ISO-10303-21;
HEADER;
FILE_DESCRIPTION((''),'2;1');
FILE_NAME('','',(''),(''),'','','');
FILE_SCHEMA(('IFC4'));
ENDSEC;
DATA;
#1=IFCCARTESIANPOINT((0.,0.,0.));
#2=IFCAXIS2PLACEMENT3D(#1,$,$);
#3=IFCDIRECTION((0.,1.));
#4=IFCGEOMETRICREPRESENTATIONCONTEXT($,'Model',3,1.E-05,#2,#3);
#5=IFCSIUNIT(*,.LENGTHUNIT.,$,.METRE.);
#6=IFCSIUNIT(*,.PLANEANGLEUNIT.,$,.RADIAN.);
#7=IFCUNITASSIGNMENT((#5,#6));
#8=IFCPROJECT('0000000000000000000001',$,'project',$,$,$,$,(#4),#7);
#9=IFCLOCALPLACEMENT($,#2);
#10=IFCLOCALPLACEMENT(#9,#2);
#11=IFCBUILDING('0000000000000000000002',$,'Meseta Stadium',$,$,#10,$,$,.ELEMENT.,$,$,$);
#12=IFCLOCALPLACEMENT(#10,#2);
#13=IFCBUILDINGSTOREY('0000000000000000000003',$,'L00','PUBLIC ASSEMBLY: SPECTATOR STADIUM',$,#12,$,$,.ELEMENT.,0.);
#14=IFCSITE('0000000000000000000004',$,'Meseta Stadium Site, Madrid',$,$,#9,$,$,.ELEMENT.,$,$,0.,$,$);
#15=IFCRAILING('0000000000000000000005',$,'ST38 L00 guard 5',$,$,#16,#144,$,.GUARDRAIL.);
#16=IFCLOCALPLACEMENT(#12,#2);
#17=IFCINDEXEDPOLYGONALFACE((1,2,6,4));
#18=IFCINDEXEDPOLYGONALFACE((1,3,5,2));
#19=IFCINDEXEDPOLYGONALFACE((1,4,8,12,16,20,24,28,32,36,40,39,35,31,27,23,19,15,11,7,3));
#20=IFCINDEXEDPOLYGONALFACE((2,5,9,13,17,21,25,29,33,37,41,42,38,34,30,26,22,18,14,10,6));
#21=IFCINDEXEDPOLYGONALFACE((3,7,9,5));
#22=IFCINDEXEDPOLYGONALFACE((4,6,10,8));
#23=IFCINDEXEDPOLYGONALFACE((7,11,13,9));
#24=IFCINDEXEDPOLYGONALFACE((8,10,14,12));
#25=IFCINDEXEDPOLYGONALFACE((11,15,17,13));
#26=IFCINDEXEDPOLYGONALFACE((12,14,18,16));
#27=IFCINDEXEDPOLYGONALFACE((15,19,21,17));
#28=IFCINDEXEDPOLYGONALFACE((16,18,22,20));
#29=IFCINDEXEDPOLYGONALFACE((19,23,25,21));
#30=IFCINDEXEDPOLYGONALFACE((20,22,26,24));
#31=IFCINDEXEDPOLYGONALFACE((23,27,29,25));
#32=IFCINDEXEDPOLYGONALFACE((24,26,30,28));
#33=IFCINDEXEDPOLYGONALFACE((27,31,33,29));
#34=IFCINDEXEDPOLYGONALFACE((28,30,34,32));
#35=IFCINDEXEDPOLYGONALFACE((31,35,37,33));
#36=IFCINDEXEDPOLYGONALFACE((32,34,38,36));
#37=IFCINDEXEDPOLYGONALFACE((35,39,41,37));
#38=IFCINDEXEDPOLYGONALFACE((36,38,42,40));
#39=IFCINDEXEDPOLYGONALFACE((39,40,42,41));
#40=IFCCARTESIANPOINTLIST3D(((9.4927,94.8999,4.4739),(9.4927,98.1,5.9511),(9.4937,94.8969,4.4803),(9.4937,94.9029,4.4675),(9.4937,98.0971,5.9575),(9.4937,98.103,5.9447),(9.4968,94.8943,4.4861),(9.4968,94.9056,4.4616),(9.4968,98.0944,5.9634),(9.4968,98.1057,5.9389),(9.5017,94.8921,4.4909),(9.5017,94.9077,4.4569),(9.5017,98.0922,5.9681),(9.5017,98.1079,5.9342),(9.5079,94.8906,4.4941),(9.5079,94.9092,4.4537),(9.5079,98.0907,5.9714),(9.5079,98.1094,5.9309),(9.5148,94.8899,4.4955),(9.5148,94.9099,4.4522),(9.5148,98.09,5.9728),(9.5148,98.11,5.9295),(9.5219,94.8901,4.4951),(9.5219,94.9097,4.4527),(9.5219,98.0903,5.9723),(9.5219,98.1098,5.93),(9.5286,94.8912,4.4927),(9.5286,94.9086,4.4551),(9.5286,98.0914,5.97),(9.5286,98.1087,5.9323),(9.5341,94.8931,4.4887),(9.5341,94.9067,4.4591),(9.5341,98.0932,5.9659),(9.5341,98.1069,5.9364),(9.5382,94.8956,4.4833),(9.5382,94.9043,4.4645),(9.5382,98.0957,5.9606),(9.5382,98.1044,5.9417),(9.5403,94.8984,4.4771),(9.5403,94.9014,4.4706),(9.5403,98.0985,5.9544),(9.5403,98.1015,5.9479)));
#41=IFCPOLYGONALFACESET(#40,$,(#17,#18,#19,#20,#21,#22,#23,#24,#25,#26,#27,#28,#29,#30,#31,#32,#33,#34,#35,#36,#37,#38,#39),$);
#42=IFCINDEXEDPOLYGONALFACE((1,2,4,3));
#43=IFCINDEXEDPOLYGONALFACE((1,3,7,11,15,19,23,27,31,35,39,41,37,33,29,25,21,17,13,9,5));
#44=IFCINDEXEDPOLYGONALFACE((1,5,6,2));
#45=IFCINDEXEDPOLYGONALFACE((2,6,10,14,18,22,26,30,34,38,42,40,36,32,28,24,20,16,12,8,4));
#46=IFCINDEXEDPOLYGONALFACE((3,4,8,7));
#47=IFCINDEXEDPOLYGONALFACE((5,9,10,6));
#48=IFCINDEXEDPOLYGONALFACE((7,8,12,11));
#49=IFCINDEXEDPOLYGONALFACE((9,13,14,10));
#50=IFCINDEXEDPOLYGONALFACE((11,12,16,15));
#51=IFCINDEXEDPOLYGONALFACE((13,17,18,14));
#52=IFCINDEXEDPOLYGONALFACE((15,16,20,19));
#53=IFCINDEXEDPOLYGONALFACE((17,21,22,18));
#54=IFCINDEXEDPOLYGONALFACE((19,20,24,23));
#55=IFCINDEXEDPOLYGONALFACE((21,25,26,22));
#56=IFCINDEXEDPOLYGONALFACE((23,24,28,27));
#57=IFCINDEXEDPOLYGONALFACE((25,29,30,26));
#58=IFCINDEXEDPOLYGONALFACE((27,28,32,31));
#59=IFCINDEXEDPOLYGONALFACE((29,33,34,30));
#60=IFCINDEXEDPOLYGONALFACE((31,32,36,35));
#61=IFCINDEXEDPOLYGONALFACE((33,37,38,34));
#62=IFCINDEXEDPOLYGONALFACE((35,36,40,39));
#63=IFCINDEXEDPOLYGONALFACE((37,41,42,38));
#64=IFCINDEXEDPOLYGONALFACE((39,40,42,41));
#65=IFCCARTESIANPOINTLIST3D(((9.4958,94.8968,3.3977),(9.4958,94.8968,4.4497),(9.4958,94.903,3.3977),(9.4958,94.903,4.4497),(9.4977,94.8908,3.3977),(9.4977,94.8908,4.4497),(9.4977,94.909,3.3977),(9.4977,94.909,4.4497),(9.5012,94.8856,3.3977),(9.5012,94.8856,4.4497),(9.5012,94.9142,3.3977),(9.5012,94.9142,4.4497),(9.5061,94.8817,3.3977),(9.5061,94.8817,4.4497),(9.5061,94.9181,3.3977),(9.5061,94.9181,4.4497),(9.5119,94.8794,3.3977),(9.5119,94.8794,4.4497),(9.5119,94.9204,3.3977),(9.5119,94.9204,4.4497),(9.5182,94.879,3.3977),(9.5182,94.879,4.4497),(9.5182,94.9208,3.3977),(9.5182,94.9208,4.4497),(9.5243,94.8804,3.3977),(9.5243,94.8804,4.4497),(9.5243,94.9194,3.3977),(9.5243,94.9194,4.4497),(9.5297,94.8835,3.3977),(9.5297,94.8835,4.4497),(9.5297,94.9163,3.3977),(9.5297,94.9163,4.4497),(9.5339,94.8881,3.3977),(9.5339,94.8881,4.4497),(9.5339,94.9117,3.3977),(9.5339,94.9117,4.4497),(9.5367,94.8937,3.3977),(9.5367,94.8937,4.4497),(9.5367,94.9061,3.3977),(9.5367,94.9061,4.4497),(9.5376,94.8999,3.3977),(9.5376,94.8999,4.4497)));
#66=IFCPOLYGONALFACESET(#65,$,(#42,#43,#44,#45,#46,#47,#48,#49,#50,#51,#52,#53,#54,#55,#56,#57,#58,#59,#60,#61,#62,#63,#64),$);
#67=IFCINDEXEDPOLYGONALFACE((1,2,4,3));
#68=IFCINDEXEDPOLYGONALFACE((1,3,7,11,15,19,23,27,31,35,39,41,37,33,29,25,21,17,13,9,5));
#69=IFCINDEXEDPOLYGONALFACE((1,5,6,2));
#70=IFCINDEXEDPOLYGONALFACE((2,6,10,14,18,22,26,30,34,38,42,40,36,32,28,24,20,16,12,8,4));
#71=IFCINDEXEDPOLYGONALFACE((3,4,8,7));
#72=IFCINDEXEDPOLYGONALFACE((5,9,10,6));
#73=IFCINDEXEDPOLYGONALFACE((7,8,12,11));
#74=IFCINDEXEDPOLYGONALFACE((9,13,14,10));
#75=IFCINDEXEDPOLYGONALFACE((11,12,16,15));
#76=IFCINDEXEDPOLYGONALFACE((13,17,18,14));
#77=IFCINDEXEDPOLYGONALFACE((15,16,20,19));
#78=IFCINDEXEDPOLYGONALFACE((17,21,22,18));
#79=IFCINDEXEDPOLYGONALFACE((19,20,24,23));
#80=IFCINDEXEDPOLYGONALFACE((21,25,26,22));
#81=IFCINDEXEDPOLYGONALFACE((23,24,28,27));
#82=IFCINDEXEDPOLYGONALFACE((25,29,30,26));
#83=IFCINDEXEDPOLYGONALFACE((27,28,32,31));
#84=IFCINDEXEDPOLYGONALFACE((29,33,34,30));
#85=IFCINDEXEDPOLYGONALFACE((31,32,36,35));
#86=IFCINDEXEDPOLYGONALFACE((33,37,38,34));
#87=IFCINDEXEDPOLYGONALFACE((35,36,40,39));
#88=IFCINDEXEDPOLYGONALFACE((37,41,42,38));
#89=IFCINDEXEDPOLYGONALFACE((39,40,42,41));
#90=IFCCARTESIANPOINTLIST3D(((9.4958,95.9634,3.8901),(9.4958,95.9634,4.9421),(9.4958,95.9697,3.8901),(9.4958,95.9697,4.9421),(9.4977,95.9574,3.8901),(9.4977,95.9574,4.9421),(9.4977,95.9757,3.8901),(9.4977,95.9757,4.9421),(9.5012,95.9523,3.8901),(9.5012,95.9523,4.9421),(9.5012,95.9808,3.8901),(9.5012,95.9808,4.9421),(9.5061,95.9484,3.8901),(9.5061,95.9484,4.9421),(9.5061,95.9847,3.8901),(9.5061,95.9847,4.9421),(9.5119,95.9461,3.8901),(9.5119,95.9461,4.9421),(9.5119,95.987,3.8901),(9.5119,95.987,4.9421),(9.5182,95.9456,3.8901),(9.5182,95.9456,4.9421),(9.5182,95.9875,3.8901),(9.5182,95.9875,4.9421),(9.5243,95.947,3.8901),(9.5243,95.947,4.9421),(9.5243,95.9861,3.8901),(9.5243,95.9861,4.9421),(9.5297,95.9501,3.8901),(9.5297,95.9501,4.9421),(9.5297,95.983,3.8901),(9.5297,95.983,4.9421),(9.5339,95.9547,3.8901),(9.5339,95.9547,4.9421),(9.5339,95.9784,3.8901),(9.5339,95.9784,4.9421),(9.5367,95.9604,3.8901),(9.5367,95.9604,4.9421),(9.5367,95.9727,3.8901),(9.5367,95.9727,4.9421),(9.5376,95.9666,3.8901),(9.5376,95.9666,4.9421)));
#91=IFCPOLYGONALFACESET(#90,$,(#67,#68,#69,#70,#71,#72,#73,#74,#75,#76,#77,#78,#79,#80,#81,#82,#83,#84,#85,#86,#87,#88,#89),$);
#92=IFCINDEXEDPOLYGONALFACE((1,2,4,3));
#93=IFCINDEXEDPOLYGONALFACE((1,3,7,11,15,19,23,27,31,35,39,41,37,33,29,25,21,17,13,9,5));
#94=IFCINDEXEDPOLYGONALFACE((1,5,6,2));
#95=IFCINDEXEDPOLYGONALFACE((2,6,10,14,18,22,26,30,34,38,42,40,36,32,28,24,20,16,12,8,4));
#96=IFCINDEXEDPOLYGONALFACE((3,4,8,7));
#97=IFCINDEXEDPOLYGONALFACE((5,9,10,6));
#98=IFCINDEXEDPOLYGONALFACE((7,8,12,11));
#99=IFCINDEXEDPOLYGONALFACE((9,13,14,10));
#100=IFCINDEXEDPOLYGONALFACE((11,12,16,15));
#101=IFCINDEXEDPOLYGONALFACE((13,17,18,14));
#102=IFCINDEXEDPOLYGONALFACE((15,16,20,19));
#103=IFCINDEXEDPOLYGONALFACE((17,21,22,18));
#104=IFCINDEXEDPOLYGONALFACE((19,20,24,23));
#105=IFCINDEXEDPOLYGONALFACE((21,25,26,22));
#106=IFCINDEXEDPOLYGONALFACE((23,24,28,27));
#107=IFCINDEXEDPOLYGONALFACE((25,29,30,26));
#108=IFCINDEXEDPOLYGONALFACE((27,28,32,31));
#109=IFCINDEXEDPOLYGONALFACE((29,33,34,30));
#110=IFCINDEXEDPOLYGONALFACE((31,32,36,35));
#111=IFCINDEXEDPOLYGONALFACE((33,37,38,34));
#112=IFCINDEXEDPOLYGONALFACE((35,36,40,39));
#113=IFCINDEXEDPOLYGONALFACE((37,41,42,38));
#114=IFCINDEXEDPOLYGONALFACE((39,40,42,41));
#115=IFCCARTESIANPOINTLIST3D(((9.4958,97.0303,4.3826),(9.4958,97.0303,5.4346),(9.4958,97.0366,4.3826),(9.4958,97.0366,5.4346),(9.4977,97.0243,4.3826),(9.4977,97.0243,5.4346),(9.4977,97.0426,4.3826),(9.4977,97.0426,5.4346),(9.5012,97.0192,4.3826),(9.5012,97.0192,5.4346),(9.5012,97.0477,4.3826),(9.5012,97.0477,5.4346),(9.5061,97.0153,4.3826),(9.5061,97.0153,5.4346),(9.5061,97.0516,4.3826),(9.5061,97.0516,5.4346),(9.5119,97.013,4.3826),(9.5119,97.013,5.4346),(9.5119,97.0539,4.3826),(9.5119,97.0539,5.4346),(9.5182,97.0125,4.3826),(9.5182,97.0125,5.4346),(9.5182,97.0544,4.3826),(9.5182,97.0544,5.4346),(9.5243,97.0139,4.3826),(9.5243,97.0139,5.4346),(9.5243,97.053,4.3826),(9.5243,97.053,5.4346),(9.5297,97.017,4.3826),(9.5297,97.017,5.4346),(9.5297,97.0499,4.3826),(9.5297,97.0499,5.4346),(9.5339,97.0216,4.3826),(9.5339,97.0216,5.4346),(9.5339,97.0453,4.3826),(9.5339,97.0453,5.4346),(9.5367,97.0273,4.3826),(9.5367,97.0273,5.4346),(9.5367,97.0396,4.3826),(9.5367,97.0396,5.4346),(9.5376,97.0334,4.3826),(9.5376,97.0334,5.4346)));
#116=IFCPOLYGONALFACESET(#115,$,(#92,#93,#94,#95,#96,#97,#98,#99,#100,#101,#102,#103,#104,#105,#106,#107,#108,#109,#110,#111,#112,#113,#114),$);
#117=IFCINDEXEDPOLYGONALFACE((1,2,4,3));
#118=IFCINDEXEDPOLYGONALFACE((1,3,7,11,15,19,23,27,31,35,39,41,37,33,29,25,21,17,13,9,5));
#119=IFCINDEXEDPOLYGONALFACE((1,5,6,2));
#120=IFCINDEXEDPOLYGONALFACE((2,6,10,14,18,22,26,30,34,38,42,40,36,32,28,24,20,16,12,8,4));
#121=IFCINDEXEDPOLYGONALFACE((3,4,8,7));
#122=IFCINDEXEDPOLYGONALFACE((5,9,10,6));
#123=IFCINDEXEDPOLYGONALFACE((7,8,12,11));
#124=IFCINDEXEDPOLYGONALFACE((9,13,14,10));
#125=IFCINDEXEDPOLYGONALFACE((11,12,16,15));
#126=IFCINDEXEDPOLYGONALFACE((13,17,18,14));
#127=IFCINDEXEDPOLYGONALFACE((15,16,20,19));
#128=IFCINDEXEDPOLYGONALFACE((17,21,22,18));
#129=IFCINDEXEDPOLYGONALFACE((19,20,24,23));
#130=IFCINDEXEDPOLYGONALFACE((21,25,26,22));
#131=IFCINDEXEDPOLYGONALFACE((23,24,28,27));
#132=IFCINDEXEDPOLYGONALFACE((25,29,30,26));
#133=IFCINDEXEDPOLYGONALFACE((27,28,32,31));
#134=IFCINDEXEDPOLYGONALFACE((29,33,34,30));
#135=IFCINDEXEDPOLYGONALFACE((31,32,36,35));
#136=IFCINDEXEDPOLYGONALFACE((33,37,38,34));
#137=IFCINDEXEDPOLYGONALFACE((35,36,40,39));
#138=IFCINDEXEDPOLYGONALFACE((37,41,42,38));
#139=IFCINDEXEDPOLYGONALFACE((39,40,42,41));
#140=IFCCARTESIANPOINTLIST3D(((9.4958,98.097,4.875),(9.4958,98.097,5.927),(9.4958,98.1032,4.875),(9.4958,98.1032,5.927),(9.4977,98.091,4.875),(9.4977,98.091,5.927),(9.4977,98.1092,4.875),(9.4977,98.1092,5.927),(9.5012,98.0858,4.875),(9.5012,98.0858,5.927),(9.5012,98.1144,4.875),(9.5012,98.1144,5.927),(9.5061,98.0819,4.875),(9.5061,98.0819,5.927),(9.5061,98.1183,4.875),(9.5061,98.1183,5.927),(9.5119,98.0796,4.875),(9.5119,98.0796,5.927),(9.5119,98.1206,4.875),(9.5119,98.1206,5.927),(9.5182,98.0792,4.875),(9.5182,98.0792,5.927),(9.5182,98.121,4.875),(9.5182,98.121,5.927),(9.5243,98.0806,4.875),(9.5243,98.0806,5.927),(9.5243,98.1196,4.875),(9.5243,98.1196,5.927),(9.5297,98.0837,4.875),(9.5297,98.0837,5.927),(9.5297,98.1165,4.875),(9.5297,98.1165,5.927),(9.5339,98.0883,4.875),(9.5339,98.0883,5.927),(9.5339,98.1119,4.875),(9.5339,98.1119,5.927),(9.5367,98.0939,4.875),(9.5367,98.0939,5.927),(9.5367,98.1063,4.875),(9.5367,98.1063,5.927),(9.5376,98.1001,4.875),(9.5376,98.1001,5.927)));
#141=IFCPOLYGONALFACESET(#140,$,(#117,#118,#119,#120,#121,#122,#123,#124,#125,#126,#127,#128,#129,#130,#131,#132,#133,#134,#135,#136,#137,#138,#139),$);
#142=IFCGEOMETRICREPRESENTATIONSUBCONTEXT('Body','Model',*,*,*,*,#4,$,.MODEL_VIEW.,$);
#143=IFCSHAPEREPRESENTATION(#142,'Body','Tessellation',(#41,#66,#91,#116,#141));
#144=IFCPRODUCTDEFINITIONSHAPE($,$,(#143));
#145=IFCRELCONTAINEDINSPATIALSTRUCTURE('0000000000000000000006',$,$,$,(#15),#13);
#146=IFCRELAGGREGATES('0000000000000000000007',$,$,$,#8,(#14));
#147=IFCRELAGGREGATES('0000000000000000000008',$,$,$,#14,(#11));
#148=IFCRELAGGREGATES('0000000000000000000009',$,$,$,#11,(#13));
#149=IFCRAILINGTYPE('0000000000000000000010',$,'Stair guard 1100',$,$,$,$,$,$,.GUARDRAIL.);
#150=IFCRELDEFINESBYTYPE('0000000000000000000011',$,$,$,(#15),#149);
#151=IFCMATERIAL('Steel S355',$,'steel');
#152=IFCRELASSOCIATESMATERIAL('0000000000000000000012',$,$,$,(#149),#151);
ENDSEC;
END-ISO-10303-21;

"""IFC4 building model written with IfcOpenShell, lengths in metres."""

from ifc_helpers import new_model, si_unit, direction, frame, origin, origin_2d, place, context, subcontext, project, spatial, circle, extrude, material, type_object, element, save


model = new_model("IFC4")

# Units and contexts
model_context = context("Model", 3, precision=1e-05, world=origin(), true_north=direction((0.0, 1.0)))
body_context = subcontext(model_context, "Body", "Model", "MODEL_VIEW")
ifc_project = project(units=[si_unit("LENGTHUNIT", "METRE"), si_unit("PLANEANGLEUNIT", "RADIAN")], contexts=[model_context])

# Site, building, storey
site_placement = place(None, origin())
site = spatial("IfcSite", under=ifc_project, at=site_placement, Name="Meseta Stadium Site, Madrid", CompositionType="ELEMENT", RefElevation=0.0)
building_placement = place(site_placement, origin())
building = spatial("IfcBuilding", under=site, at=building_placement, Name="Meseta Stadium", CompositionType="ELEMENT")
storey_placement = place(building_placement, origin())
storey = spatial("IfcBuildingStorey", under=building, at=storey_placement, Name="L00", Description="PUBLIC ASSEMBLY: SPECTATOR STADIUM", CompositionType="ELEMENT", Elevation=0.0)

# Railing
ifc_material_1 = material(Name="Steel S355", Category="steel")
railing_type_1 = type_object("IfcRailingType", Name="Stair guard 1100", PredefinedType="GUARDRAIL", material=ifc_material_1)
railing_1_placement = place(storey_placement, frame((9.5166, 94.8999, 3.3977)))
element("IfcRailing", 1, at=railing_1_placement, inside=storey, type_object=railing_type_1, Name="ST38 L00 guard 5", PredefinedType="GUARDRAIL", context=body_context, shape_type="SweptSolid", body=[
    extrude(circle(Radius=0.0239, at=origin_2d()), frame((0.0, 0.0, 1.0762), z_axis=(0.0, 0.907929, 0.419124), x_axis=(-1.0, 0.0, 0.0)), (0.0, 0.0, 1.0), 3.5247),
    extrude(circle(Radius=0.021, at=origin_2d()), origin(), (0.0, 0.0, 1.0), 1.052),
    extrude(circle(Radius=0.021, at=origin_2d()), frame((0.0, 1.0667, 0.4924)), (0.0, 0.0, 1.0), 1.052),
    extrude(circle(Radius=0.021, at=origin_2d()), frame((0.0, 2.1335, 0.9849)), (0.0, 0.0, 1.0), 1.052),
    extrude(circle(Radius=0.021, at=origin_2d()), frame((0.0, 3.2002, 1.4773)), (0.0, 0.0, 1.0), 1.052),
])

save(model, "model.ifc")
